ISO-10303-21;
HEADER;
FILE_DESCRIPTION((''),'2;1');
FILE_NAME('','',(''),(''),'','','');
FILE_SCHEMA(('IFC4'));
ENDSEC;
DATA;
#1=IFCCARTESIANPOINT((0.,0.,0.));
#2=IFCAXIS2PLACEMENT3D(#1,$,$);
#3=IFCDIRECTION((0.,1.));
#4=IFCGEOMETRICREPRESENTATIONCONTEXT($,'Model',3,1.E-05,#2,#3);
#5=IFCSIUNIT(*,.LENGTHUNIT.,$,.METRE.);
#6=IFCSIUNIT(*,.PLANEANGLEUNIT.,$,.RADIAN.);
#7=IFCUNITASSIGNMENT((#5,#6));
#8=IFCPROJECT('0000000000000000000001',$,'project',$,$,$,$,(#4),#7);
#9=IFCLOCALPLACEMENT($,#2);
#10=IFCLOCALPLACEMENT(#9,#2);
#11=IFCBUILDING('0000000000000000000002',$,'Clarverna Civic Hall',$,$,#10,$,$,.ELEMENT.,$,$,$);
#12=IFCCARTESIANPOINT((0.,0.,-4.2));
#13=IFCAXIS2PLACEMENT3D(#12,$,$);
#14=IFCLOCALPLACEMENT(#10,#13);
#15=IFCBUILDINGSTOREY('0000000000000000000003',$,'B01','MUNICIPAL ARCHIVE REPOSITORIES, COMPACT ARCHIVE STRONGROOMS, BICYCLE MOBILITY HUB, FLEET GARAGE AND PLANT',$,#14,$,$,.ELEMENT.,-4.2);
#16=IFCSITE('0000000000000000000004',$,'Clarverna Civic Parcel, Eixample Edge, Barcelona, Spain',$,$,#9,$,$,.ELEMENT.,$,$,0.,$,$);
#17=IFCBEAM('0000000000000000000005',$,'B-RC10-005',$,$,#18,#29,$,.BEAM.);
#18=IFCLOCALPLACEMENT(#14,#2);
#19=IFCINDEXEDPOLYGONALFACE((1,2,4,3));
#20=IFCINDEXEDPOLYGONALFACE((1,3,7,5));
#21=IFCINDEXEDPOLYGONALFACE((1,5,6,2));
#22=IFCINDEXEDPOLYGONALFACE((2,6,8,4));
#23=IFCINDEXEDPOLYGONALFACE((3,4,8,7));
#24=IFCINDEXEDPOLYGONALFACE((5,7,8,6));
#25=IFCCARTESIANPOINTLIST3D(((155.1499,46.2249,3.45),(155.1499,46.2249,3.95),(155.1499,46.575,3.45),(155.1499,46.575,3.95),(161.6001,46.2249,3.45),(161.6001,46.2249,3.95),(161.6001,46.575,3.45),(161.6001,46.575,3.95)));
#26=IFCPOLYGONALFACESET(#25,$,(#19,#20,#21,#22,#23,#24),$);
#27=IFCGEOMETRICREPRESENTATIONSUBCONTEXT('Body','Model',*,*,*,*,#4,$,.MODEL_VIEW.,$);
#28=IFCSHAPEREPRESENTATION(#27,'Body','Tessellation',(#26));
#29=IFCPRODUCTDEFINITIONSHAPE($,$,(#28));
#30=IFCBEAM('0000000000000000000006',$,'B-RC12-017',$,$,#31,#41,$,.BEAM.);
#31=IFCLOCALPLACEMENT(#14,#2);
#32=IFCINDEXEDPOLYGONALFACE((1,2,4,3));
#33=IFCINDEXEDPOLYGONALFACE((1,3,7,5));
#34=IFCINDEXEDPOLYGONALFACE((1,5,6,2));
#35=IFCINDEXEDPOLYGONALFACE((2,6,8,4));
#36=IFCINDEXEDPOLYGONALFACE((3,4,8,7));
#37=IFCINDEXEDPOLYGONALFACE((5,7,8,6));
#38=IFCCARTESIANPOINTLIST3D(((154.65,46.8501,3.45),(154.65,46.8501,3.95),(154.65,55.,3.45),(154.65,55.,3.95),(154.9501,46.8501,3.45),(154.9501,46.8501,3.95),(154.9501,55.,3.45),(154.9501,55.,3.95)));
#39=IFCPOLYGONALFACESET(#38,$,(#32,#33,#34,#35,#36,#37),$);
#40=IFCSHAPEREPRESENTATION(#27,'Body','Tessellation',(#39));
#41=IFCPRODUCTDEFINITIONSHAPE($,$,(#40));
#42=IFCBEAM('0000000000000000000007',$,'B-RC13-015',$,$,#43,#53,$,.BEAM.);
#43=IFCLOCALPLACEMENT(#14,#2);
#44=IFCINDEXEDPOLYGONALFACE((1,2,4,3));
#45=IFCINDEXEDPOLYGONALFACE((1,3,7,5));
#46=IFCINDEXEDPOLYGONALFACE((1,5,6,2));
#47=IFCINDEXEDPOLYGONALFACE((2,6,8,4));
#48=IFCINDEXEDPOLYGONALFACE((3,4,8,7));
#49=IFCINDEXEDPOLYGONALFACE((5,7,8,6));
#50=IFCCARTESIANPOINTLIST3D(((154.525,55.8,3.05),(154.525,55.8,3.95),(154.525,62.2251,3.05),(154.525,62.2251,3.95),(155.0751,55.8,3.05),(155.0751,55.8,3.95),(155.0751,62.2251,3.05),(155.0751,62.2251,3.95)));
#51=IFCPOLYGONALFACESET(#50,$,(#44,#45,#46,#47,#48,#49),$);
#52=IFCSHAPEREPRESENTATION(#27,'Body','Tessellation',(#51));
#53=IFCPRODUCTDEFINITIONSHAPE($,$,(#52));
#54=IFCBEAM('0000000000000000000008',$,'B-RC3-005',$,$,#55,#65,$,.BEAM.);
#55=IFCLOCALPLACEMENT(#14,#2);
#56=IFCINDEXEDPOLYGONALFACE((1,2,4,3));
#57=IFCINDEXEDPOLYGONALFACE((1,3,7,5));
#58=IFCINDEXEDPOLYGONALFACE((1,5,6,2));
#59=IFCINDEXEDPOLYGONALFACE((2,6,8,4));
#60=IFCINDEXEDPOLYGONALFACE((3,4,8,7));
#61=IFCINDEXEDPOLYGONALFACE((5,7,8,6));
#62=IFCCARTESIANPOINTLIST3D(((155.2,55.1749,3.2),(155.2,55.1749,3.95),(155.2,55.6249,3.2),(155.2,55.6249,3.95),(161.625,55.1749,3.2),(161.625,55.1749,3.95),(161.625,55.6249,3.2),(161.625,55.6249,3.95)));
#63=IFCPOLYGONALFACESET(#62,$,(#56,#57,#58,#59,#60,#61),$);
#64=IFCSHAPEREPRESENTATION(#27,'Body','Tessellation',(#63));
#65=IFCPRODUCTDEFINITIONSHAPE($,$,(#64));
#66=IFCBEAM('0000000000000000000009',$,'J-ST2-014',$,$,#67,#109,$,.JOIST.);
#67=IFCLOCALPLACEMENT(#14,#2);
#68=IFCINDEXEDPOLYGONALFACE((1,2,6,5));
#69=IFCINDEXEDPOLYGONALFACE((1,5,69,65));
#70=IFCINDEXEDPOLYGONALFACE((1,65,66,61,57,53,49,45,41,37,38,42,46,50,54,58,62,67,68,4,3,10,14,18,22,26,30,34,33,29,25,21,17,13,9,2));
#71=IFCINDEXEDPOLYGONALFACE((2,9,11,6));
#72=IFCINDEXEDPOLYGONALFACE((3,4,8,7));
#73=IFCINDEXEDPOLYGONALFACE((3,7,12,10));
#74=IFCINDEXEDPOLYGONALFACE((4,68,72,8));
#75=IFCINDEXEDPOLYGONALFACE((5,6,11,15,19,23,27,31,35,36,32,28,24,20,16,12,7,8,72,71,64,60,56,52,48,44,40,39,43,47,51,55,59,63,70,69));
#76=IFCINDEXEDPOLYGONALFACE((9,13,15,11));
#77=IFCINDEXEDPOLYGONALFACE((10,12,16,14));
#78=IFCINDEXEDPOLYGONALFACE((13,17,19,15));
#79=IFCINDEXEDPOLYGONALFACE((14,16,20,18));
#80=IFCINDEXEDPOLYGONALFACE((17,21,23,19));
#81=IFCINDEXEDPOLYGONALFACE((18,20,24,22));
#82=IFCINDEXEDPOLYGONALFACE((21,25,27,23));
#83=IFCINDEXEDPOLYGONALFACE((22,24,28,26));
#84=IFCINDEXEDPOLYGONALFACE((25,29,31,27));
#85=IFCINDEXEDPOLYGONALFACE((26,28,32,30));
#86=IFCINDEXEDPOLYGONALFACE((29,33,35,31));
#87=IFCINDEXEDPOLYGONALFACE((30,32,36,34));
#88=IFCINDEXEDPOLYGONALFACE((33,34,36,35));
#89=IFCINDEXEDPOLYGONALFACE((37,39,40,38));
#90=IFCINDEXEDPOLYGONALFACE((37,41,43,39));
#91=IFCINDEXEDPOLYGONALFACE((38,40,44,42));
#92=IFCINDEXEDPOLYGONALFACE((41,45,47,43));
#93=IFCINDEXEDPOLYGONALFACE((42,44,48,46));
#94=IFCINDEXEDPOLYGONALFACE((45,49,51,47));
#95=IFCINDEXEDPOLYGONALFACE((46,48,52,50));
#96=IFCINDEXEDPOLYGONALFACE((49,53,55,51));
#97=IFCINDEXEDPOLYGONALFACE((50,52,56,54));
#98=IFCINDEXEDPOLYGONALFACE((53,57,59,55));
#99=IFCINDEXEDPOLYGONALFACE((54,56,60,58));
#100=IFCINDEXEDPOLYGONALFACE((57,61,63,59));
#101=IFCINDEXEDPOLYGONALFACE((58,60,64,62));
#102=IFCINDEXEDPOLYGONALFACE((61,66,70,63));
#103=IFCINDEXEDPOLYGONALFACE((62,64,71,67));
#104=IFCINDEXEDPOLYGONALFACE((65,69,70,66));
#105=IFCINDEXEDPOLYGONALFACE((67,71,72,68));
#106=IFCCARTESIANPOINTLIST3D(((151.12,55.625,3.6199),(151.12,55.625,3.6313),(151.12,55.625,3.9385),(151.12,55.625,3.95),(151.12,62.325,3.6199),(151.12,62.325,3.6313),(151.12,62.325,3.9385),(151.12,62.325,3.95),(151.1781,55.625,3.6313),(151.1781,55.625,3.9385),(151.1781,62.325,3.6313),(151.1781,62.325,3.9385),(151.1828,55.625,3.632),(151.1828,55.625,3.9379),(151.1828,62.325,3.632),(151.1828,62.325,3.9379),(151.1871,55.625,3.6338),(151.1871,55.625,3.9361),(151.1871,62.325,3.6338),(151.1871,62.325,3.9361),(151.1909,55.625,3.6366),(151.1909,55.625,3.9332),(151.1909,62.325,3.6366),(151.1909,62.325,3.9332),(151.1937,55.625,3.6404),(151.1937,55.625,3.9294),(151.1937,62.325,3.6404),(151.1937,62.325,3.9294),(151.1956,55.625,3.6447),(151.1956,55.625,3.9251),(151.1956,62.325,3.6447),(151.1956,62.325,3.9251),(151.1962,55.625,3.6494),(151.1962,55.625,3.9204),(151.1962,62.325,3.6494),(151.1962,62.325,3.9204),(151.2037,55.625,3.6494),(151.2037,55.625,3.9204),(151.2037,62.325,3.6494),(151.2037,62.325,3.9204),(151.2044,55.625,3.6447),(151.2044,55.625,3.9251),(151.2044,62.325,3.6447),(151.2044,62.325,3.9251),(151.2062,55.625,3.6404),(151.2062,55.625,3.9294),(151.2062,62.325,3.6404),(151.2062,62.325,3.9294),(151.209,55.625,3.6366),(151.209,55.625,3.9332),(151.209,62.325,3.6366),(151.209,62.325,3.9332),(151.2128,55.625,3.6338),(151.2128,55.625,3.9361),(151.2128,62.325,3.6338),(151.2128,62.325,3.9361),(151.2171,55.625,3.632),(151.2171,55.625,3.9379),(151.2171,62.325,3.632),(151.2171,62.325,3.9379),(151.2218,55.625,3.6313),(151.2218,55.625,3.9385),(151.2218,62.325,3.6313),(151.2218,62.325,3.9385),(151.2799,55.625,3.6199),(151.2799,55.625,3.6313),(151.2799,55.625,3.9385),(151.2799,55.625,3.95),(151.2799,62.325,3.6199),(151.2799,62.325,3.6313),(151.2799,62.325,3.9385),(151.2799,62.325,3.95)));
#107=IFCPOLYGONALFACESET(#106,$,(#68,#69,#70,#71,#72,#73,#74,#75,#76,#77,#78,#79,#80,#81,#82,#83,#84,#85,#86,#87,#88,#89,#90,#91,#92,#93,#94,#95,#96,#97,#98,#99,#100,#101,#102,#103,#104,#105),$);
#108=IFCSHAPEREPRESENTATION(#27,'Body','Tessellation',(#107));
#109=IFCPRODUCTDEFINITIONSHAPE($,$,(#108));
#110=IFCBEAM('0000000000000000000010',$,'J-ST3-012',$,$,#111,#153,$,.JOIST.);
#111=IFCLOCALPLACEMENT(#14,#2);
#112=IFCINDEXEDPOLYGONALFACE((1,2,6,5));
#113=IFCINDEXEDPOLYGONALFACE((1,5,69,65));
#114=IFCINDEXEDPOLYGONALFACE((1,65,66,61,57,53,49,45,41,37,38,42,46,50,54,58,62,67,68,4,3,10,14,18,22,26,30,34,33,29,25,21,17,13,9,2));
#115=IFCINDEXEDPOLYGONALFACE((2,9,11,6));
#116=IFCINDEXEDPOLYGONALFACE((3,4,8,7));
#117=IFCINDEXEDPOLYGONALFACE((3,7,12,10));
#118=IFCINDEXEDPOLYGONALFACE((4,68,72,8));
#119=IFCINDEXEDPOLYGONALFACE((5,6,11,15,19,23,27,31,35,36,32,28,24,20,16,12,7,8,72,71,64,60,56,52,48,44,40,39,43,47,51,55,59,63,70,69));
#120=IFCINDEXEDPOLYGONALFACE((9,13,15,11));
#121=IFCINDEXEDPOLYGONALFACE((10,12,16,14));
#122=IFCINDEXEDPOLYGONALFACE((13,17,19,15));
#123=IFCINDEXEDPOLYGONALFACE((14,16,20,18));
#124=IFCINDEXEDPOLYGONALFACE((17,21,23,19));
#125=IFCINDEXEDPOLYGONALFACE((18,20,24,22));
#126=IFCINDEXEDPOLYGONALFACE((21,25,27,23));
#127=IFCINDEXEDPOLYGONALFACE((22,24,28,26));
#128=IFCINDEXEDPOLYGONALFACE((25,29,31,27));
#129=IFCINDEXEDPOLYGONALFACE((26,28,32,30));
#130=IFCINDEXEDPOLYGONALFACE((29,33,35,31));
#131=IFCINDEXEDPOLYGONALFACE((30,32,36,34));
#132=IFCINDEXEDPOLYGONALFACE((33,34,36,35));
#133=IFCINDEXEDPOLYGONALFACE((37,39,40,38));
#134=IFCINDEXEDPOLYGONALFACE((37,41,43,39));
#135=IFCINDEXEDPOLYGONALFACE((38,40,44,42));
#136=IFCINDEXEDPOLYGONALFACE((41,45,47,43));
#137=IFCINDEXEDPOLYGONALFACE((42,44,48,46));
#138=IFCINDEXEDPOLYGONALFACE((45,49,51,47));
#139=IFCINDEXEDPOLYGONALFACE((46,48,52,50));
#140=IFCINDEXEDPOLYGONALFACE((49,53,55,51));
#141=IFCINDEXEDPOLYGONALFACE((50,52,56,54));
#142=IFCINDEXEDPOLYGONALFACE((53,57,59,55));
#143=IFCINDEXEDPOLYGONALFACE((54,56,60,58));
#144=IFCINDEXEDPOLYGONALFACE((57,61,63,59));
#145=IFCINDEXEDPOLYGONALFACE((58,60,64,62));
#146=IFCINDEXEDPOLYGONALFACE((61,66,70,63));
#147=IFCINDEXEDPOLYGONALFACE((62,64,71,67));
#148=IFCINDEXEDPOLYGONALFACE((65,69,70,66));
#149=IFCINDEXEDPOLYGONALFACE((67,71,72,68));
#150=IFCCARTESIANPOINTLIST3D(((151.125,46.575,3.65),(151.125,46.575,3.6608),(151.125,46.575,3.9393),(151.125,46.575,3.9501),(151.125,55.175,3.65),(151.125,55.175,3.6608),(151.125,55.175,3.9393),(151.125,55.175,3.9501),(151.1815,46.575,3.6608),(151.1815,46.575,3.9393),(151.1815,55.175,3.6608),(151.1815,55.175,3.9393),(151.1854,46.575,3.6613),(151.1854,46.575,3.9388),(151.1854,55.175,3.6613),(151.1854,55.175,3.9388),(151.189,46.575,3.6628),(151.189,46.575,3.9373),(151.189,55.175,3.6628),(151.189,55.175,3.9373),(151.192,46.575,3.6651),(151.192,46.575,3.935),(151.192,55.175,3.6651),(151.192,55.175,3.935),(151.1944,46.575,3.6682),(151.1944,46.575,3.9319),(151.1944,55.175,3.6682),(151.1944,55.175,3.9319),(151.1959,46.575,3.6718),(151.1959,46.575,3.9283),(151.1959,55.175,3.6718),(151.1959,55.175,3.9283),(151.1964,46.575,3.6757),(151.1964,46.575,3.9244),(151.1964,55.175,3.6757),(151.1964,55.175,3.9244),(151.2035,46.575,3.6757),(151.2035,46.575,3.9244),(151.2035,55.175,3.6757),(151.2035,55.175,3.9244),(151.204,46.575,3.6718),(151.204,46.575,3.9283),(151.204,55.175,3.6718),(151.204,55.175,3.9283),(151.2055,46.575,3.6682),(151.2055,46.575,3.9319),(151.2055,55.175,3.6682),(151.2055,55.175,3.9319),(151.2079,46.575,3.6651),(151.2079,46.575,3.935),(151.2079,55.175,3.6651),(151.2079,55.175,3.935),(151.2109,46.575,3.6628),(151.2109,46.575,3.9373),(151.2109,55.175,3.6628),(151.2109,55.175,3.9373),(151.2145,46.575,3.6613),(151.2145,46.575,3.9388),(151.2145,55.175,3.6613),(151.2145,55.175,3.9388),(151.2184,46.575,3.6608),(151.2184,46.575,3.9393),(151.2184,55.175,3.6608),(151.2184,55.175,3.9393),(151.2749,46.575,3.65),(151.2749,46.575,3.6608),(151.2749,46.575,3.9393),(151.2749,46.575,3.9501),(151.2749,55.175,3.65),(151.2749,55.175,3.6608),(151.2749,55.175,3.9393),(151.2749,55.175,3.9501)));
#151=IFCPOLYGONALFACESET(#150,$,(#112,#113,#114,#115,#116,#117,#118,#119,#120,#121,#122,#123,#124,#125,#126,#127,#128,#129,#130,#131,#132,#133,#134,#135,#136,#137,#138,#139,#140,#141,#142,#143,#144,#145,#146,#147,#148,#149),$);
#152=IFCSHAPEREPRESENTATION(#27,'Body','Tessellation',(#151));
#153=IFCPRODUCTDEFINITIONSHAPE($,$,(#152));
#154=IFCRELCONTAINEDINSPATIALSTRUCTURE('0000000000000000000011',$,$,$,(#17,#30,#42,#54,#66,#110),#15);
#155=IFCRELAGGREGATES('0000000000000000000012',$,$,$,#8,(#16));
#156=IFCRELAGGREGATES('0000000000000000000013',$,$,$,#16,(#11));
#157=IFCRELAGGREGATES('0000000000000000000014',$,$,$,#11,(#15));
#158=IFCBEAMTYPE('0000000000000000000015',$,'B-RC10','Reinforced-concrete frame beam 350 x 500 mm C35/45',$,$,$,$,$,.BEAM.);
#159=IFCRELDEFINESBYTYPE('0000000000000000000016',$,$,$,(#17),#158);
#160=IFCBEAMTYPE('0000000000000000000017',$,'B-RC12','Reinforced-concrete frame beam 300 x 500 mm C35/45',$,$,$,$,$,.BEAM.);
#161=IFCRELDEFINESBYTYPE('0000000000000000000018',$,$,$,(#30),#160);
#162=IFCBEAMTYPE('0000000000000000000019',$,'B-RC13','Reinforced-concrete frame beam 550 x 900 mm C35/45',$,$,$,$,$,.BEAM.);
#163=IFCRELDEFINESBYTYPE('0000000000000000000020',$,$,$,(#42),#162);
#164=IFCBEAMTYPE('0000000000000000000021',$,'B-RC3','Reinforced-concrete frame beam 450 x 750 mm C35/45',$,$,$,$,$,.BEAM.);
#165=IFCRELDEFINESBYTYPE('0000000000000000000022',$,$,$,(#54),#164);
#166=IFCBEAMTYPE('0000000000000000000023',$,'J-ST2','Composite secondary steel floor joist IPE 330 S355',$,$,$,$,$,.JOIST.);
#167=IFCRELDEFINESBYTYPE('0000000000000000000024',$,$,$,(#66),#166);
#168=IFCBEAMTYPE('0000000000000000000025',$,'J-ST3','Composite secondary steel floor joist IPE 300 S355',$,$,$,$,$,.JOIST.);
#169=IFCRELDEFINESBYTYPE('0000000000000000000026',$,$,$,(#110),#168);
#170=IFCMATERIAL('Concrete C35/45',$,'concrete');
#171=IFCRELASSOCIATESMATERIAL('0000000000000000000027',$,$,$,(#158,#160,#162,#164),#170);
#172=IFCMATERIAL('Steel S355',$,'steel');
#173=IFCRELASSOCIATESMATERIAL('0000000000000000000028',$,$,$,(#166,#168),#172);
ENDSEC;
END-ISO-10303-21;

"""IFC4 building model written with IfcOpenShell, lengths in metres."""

from ifc_helpers import new_model, si_unit, direction, frame, origin, origin_2d, place, context, subcontext, project, spatial, rectangle, i_section, extrude, material, material_profile, profile_set, type_object, element, save


model = new_model("IFC4")

# Units and contexts
model_context = context("Model", 3, precision=1e-05, world=origin(), true_north=direction((0.0, 1.0)))
body_context = subcontext(model_context, "Body", "Model", "MODEL_VIEW")
ifc_project = project(units=[si_unit("LENGTHUNIT", "METRE"), si_unit("PLANEANGLEUNIT", "RADIAN")], contexts=[model_context])

# Site, building, storey
site_placement = place(None, origin())
site = spatial("IfcSite", under=ifc_project, at=site_placement, Name="Clarverna Civic Parcel, Eixample Edge, Barcelona, Spain", CompositionType="ELEMENT", RefElevation=0.0)
building_placement = place(site_placement, origin())
building = spatial("IfcBuilding", under=site, at=building_placement, Name="Clarverna Civic Hall", CompositionType="ELEMENT")
storey_placement = place(building_placement, frame((0.0, 0.0, -4.2)))
storey = spatial("IfcBuildingStorey", under=building, at=storey_placement, Name="B01", Description="MUNICIPAL ARCHIVE REPOSITORIES, COMPACT ARCHIVE STRONGROOMS, BICYCLE MOBILITY HUB, FLEET GARAGE AND PLANT", CompositionType="ELEMENT", Elevation=-4.2)

# Beams
ifc_material_1 = material(Name="Concrete C35/45", Category="concrete")
ifc_material_profile_1 = material_profile(ifc_material_1, rectangle(XDim=0.3501, YDim=0.5, at=origin_2d()), Name="RC 350x500")
ifc_profile_set_1 = profile_set([ifc_material_profile_1], Name="Concrete C35/45")
beam_type_1 = type_object("IfcBeamType", Name="B-RC10", Description="Reinforced-concrete frame beam 350 x 500 mm C35/45", PredefinedType="BEAM", material=ifc_profile_set_1)
beam_1_placement = place(storey_placement, frame((155.1499, 46.3999, 3.7), z_axis=(1.0, 0.0, 0.0), x_axis=(0.0, 1.0, 0.0)))
element("IfcBeam", 1, at=beam_1_placement, inside=storey, type_object=beam_type_1, Name="B-RC10-005", PredefinedType="BEAM", context=body_context, shape_type="SweptSolid", body=[
    extrude(rectangle(XDim=0.3501, YDim=0.5, at=origin_2d()), origin(), (0.0, 0.0, 1.0), 6.4502),
])
ifc_material_profile_2 = material_profile(ifc_material_1, rectangle(XDim=0.3, YDim=0.5, at=origin_2d()), Name="RC 300x500")
ifc_profile_set_2 = profile_set([ifc_material_profile_2], Name="Concrete C35/45")
beam_type_2 = type_object("IfcBeamType", Name="B-RC12", Description="Reinforced-concrete frame beam 300 x 500 mm C35/45", PredefinedType="BEAM", material=ifc_profile_set_2)
beam_2_placement = place(storey_placement, frame((154.8, 46.8501, 3.7), z_axis=(0.0, 1.0, 0.0), x_axis=(-1.0, 0.0, 0.0)))
element("IfcBeam", 2, at=beam_2_placement, inside=storey, type_object=beam_type_2, Name="B-RC12-017", PredefinedType="BEAM", context=body_context, shape_type="SweptSolid", body=[
    extrude(rectangle(XDim=0.3, YDim=0.5, at=origin_2d()), origin(), (0.0, 0.0, 1.0), 8.1499),
])
ifc_material_profile_3 = material_profile(ifc_material_1, rectangle(XDim=0.55, YDim=0.8999, at=origin_2d()), Name="RC 550x900")
ifc_profile_set_3 = profile_set([ifc_material_profile_3], Name="Concrete C35/45")
beam_type_3 = type_object("IfcBeamType", Name="B-RC13", Description="Reinforced-concrete frame beam 550 x 900 mm C35/45", PredefinedType="BEAM", material=ifc_profile_set_3)
beam_3_placement = place(storey_placement, frame((154.8, 55.8, 3.5), z_axis=(0.0, 1.0, 0.0), x_axis=(-1.0, 0.0, 0.0)))
element("IfcBeam", 3, at=beam_3_placement, inside=storey, type_object=beam_type_3, Name="B-RC13-015", PredefinedType="BEAM", context=body_context, shape_type="SweptSolid", body=[
    extrude(rectangle(XDim=0.55, YDim=0.8999, at=origin_2d()), origin(), (0.0, 0.0, 1.0), 6.425),
])
ifc_material_profile_4 = material_profile(ifc_material_1, rectangle(XDim=0.45, YDim=0.75, at=origin_2d()), Name="RC 450x750")
ifc_profile_set_4 = profile_set([ifc_material_profile_4], Name="Concrete C35/45")
beam_type_4 = type_object("IfcBeamType", Name="B-RC3", Description="Reinforced-concrete frame beam 450 x 750 mm C35/45", PredefinedType="BEAM", material=ifc_profile_set_4)
beam_4_placement = place(storey_placement, frame((155.2, 55.3999, 3.575), z_axis=(1.0, 0.0, 0.0), x_axis=(0.0, 1.0, 0.0)))
element("IfcBeam", 4, at=beam_4_placement, inside=storey, type_object=beam_type_4, Name="B-RC3-005", PredefinedType="BEAM", context=body_context, shape_type="SweptSolid", body=[
    extrude(rectangle(XDim=0.45, YDim=0.75, at=origin_2d()), origin(), (0.0, 0.0, 1.0), 6.425),
])
ifc_material_2 = material(Name="Steel S355", Category="steel")
ifc_material_profile_5 = material_profile(ifc_material_2, i_section(OverallWidth=0.1599, OverallDepth=0.3301, WebThickness=0.0076, FlangeThickness=0.0115, FilletRadius=0.0181, at=origin_2d()), Name="IPE 330")
ifc_profile_set_5 = profile_set([ifc_material_profile_5], Name="Steel S355")
beam_type_5 = type_object("IfcBeamType", Name="J-ST2", Description="Composite secondary steel floor joist IPE 330 S355", PredefinedType="JOIST", material=ifc_profile_set_5)
beam_5_placement = place(storey_placement, frame((151.2, 55.625, 3.7849), z_axis=(0.0, 1.0, 0.0), x_axis=(-1.0, 0.0, 0.0)))
element("IfcBeam", 5, at=beam_5_placement, inside=storey, type_object=beam_type_5, Name="J-ST2-014", PredefinedType="JOIST", context=body_context, shape_type="SweptSolid", body=[
    extrude(i_section(OverallWidth=0.1599, OverallDepth=0.3301, WebThickness=0.0076, FlangeThickness=0.0115, FilletRadius=0.0181, at=origin_2d()), origin(), (0.0, 0.0, 1.0), 6.7),
])
ifc_material_profile_6 = material_profile(ifc_material_2, i_section(OverallWidth=0.1499, OverallDepth=0.3, WebThickness=0.0071, FlangeThickness=0.0107, FilletRadius=0.0149, at=origin_2d()), Name="IPE 300")
ifc_profile_set_6 = profile_set([ifc_material_profile_6], Name="Steel S355")
beam_type_6 = type_object("IfcBeamType", Name="J-ST3", Description="Composite secondary steel floor joist IPE 300 S355", PredefinedType="JOIST", material=ifc_profile_set_6)
beam_6_placement = place(storey_placement, frame((151.2, 46.575, 3.8), z_axis=(0.0, 1.0, 0.0), x_axis=(-1.0, 0.0, 0.0)))
element("IfcBeam", 6, at=beam_6_placement, inside=storey, type_object=beam_type_6, Name="J-ST3-012", PredefinedType="JOIST", context=body_context, shape_type="SweptSolid", body=[
    extrude(i_section(OverallWidth=0.1499, OverallDepth=0.3, WebThickness=0.0071, FlangeThickness=0.0107, FilletRadius=0.0149, at=origin_2d()), origin(), (0.0, 0.0, 1.0), 8.6001),
])

save(model, "model.ifc")
